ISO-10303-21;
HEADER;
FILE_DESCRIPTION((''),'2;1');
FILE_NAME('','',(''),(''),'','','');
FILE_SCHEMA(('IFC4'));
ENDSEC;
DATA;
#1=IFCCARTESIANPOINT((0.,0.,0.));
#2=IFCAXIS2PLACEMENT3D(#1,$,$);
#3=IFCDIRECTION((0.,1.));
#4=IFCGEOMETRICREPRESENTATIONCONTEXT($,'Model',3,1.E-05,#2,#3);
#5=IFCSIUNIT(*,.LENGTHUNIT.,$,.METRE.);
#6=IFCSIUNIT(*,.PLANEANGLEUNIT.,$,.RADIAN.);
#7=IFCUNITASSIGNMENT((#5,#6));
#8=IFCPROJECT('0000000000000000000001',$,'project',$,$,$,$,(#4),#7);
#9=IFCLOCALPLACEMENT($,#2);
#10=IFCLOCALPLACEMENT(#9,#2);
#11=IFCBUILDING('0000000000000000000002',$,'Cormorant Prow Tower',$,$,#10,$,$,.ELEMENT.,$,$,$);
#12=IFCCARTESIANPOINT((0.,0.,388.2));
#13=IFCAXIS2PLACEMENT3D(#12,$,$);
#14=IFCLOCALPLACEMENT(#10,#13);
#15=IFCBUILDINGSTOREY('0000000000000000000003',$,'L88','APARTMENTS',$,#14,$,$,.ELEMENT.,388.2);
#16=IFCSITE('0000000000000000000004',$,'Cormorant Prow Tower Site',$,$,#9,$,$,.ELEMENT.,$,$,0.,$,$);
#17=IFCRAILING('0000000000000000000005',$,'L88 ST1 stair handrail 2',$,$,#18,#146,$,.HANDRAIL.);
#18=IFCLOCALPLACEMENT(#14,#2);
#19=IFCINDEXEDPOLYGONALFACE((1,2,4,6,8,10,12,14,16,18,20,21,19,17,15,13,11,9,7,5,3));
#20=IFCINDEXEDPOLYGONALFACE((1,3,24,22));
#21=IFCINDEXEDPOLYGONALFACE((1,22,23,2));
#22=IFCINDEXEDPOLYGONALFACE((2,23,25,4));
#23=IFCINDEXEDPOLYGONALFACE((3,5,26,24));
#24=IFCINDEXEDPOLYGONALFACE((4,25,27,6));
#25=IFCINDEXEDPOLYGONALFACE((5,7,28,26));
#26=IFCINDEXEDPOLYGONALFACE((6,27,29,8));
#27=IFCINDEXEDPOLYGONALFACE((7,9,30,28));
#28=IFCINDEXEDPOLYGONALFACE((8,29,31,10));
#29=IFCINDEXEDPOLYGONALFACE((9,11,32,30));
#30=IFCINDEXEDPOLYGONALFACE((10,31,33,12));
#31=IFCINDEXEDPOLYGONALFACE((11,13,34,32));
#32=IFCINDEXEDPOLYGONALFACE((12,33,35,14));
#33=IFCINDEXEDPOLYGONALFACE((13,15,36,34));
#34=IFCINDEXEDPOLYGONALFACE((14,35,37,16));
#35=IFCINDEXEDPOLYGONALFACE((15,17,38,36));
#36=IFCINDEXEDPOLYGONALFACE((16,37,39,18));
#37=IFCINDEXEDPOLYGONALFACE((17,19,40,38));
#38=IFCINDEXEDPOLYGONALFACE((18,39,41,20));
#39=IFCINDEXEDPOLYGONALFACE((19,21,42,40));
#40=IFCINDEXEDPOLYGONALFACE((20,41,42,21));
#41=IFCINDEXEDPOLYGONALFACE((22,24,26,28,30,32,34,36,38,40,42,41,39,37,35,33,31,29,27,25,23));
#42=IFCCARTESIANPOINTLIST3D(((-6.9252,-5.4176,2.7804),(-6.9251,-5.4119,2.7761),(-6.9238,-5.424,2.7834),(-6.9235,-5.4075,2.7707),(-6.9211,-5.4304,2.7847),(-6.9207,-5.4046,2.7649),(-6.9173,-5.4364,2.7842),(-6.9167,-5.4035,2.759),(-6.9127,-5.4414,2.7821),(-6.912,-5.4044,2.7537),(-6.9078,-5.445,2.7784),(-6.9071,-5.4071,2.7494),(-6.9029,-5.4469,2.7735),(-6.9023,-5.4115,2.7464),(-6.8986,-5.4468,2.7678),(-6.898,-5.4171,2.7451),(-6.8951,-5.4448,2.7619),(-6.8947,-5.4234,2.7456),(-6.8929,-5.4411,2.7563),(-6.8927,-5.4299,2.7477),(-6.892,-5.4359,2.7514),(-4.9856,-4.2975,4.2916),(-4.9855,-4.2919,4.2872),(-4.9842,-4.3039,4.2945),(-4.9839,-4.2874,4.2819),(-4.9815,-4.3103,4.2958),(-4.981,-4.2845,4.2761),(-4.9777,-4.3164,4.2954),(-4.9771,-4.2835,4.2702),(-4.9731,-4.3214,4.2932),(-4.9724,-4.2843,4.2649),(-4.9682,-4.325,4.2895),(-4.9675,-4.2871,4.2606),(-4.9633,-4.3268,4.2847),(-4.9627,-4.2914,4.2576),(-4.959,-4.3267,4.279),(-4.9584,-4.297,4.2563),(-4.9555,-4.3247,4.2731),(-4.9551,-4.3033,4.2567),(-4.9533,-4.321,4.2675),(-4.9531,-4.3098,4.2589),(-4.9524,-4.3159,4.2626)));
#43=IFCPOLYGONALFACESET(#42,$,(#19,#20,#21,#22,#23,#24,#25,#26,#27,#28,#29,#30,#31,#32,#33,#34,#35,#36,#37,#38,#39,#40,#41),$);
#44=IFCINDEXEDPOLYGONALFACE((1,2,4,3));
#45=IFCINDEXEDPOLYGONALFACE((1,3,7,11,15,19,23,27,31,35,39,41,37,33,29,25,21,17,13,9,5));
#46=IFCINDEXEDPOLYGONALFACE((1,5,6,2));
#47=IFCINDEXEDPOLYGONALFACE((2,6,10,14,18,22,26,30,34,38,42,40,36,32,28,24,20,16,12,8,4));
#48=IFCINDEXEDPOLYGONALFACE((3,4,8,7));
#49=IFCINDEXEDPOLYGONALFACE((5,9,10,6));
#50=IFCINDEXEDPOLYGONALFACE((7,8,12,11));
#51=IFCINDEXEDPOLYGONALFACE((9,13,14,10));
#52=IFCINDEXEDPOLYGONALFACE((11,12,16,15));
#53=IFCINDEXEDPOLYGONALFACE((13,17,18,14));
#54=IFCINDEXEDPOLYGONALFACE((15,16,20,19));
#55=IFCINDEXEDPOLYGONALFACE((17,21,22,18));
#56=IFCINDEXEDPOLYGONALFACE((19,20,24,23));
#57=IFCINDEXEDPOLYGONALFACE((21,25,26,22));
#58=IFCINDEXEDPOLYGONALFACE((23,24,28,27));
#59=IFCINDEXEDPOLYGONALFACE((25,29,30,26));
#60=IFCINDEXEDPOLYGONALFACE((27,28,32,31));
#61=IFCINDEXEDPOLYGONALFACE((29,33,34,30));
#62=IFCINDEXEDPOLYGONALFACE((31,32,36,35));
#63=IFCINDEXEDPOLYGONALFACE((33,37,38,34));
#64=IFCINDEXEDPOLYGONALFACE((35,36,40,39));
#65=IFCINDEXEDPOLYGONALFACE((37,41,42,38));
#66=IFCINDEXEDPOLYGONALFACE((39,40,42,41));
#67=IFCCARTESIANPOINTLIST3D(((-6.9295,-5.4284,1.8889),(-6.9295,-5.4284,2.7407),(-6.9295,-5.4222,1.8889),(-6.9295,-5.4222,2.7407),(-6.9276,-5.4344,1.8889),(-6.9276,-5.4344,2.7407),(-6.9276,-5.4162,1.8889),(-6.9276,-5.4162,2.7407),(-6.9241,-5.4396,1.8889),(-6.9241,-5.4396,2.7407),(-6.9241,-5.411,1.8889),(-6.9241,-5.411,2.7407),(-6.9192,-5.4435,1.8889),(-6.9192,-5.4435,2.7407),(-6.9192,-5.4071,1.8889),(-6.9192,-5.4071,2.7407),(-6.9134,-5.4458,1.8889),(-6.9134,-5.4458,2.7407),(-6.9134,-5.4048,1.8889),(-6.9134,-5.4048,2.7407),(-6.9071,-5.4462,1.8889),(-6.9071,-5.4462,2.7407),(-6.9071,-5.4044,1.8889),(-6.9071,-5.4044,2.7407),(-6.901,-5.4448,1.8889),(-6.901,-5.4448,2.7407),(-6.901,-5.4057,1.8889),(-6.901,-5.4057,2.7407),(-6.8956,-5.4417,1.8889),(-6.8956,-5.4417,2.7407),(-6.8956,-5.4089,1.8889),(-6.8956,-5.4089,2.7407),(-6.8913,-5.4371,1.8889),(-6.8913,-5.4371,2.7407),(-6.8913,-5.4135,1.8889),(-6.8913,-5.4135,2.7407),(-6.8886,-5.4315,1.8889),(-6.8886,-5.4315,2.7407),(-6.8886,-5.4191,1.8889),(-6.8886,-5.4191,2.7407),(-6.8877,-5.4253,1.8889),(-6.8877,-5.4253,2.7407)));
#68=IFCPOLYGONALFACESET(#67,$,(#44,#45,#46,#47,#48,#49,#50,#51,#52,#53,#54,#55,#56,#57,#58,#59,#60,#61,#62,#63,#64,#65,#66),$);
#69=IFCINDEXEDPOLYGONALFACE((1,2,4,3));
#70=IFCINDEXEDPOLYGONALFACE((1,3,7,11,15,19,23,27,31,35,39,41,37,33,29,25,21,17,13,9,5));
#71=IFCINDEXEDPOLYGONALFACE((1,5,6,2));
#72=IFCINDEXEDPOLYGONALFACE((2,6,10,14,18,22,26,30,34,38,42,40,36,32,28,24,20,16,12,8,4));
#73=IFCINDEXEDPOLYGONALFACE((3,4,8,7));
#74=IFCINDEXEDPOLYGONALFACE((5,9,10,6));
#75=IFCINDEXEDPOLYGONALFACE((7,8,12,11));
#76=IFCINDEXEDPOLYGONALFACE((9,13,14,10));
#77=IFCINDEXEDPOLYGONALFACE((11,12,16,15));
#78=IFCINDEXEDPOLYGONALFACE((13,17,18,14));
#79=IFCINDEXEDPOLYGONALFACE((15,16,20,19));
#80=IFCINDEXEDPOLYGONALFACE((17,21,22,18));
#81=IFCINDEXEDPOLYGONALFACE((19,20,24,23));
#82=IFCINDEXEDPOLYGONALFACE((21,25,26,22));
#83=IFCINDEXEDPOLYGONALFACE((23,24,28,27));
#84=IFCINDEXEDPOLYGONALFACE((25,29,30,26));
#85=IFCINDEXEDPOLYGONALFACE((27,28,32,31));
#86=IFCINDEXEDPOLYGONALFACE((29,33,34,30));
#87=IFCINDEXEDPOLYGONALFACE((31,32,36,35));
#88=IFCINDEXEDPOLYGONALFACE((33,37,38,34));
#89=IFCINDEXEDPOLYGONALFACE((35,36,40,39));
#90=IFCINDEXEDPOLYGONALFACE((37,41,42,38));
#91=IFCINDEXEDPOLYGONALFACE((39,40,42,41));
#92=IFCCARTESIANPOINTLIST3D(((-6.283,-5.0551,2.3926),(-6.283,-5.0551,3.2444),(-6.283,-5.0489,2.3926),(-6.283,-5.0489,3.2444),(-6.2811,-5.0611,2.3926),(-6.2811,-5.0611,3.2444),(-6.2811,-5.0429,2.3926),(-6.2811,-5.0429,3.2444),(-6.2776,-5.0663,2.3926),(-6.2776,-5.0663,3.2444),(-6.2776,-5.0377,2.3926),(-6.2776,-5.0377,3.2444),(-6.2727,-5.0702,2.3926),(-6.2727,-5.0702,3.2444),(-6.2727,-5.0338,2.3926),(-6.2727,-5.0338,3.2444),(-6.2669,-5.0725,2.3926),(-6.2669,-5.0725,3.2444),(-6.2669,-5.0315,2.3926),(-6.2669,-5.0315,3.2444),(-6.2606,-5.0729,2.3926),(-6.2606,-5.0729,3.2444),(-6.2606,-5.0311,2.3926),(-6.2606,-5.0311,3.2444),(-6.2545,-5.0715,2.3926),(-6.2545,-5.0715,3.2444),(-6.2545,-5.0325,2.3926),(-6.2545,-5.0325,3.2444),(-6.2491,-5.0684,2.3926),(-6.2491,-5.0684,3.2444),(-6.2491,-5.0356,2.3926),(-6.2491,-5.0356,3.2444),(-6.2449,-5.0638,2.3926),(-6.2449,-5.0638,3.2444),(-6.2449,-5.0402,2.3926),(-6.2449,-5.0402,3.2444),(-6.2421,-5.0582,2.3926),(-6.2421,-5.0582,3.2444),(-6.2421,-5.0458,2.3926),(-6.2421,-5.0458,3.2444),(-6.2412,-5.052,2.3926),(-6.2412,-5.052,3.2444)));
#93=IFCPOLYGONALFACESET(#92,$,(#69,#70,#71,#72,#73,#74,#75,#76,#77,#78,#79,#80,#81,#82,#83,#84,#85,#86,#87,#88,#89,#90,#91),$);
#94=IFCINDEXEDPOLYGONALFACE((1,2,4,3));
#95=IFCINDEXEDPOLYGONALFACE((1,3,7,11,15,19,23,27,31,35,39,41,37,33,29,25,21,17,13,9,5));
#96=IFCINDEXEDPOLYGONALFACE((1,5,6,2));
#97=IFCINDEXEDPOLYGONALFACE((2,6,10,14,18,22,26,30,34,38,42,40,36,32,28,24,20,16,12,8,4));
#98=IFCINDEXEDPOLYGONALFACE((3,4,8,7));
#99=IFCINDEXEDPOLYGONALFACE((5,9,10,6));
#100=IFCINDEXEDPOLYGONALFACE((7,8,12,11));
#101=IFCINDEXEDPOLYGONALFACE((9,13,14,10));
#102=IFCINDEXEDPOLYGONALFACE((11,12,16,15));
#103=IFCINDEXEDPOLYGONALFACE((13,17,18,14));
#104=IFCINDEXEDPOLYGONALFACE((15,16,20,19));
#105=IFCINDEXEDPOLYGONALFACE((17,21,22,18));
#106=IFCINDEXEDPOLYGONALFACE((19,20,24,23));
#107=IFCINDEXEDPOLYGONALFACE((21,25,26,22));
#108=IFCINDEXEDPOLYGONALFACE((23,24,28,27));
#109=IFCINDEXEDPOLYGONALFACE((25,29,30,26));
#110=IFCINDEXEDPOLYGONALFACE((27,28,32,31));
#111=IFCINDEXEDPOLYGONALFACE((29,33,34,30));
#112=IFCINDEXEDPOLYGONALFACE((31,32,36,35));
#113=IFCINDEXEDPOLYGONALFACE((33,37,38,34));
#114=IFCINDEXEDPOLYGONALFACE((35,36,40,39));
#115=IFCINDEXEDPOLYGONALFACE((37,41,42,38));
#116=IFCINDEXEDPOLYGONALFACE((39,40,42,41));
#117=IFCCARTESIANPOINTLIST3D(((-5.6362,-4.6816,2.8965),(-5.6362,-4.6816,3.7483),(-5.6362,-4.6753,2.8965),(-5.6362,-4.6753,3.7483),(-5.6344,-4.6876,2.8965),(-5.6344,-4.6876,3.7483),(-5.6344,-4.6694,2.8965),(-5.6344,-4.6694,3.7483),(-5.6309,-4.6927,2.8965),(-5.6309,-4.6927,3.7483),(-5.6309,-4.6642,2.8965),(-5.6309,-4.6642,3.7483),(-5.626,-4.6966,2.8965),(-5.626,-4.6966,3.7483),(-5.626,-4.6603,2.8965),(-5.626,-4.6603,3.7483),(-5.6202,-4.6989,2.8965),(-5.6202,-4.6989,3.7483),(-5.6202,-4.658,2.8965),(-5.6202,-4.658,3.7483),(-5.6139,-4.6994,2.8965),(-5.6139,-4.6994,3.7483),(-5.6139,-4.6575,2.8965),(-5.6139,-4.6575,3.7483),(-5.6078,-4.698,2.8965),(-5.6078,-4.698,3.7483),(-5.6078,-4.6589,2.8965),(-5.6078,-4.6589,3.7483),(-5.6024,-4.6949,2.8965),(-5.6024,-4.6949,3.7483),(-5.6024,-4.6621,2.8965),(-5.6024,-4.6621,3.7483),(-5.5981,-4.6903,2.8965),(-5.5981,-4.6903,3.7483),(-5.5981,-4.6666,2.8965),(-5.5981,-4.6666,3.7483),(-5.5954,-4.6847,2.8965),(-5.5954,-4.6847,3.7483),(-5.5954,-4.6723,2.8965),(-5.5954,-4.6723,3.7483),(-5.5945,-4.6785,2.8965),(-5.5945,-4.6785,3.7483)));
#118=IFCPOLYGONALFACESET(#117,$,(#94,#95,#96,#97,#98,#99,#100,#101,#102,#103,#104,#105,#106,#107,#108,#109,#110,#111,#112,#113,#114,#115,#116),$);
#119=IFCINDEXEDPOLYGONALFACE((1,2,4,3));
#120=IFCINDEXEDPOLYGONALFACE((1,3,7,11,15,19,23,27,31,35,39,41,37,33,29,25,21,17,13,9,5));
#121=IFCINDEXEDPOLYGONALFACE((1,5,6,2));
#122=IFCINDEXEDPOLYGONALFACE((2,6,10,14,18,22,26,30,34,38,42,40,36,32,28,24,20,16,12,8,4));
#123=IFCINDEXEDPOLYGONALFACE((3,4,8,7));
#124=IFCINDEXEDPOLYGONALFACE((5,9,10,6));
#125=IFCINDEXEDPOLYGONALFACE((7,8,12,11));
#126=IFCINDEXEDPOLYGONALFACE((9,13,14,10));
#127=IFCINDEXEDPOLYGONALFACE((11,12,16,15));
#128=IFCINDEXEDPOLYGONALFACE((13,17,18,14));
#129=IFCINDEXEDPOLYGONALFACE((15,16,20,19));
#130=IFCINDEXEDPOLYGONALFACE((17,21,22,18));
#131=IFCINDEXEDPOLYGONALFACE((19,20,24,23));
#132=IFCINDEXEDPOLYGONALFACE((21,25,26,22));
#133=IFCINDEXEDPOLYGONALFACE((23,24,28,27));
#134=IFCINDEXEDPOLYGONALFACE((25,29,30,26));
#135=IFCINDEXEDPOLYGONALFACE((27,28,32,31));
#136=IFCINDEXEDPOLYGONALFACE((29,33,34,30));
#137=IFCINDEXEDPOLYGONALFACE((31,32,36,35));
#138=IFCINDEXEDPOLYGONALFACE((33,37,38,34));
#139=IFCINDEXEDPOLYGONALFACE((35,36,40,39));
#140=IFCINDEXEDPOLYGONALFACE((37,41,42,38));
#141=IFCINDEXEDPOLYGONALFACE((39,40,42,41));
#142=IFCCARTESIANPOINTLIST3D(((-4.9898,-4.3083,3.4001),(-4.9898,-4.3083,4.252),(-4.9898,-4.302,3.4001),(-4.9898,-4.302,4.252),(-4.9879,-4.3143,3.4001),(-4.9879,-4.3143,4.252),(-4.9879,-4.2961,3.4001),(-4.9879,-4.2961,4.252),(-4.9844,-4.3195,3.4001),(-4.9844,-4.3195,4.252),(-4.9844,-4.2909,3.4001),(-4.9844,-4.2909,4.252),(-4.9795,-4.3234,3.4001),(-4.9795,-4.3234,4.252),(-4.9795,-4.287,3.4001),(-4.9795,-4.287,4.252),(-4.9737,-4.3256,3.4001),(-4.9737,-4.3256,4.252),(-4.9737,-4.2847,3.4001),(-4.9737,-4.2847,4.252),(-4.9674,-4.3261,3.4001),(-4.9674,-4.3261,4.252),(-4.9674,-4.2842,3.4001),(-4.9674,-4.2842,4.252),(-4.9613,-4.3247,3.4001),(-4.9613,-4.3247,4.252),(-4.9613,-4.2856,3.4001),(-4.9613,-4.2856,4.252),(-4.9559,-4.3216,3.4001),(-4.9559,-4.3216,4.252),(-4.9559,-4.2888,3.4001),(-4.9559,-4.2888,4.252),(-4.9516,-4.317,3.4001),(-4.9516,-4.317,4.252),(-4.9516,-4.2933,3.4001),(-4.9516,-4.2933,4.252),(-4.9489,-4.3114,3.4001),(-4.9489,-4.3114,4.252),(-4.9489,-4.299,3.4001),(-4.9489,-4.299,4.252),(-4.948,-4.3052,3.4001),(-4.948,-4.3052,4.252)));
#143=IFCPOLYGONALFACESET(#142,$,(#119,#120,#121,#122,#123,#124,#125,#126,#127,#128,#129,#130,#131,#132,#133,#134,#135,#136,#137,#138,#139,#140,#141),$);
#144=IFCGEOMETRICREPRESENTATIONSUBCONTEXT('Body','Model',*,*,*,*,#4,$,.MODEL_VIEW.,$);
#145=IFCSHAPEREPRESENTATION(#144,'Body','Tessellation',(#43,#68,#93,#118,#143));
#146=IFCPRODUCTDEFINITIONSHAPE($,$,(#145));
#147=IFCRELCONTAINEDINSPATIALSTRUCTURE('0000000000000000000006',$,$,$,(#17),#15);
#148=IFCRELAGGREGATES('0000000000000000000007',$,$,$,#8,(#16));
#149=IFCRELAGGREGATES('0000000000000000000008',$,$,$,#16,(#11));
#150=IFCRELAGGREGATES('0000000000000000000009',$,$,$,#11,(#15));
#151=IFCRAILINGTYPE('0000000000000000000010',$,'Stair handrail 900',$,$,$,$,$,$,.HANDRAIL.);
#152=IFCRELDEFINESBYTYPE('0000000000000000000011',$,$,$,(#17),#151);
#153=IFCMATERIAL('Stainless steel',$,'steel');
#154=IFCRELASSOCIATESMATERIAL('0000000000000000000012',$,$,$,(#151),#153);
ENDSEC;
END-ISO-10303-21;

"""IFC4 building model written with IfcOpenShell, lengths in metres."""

from ifc_helpers import new_model, si_unit, direction, frame, origin, origin_2d, place, context, subcontext, project, spatial, circle, extrude, material, type_object, element, save


model = new_model("IFC4")

# Units and contexts
model_context = context("Model", 3, precision=1e-05, world=origin(), true_north=direction((0.0, 1.0)))
body_context = subcontext(model_context, "Body", "Model", "MODEL_VIEW")
ifc_project = project(units=[si_unit("LENGTHUNIT", "METRE"), si_unit("PLANEANGLEUNIT", "RADIAN")], contexts=[model_context])

# Site, building, storey
site_placement = place(None, origin())
site = spatial("IfcSite", under=ifc_project, at=site_placement, Name="Cormorant Prow Tower Site", CompositionType="ELEMENT", RefElevation=0.0)
building_placement = place(site_placement, origin())
building = spatial("IfcBuilding", under=site, at=building_placement, Name="Cormorant Prow Tower", CompositionType="ELEMENT")
storey_placement = place(building_placement, frame((0.0, 0.0, 388.2)))
storey = spatial("IfcBuildingStorey", under=building, at=storey_placement, Name="L88", Description="APARTMENTS", CompositionType="ELEMENT", Elevation=388.2)

# Railing
ifc_material_1 = material(Name="Stainless steel", Category="steel")
railing_type_1 = type_object("IfcRailingType", Name="Stair handrail 900", PredefinedType="HANDRAIL", material=ifc_material_1)
railing_1_placement = place(storey_placement, frame((-6.9087, -5.4253, 1.8889)))
element("IfcRailing", 1, at=railing_1_placement, inside=storey, type_object=railing_type_1, Name="L88 ST1 stair handrail 2", PredefinedType="HANDRAIL", context=body_context, shape_type="SweptSolid", body=[
    extrude(circle(Radius=0.0239, at=origin_2d()), frame((0.0, 0.0, 0.876), z_axis=(0.71787, 0.414548, 0.559297), x_axis=(-0.500078, 0.86598, 0.0)), (0.0, 0.0, 1.0), 2.7019),
    extrude(circle(Radius=0.021, at=origin_2d()), origin(), (0.0, 0.0, 1.0), 0.8518),
    extrude(circle(Radius=0.021, at=origin_2d()), frame((0.6465, 0.3733, 0.5037)), (0.0, 0.0, 1.0), 0.8518),
    extrude(circle(Radius=0.021, at=origin_2d()), frame((1.2932, 0.7468, 1.0076)), (0.0, 0.0, 1.0), 0.8518),
    extrude(circle(Radius=0.021, at=origin_2d()), frame((1.9397, 1.1201, 1.5112)), (0.0, 0.0, 1.0), 0.8518),
])

save(model, "model.ifc")
